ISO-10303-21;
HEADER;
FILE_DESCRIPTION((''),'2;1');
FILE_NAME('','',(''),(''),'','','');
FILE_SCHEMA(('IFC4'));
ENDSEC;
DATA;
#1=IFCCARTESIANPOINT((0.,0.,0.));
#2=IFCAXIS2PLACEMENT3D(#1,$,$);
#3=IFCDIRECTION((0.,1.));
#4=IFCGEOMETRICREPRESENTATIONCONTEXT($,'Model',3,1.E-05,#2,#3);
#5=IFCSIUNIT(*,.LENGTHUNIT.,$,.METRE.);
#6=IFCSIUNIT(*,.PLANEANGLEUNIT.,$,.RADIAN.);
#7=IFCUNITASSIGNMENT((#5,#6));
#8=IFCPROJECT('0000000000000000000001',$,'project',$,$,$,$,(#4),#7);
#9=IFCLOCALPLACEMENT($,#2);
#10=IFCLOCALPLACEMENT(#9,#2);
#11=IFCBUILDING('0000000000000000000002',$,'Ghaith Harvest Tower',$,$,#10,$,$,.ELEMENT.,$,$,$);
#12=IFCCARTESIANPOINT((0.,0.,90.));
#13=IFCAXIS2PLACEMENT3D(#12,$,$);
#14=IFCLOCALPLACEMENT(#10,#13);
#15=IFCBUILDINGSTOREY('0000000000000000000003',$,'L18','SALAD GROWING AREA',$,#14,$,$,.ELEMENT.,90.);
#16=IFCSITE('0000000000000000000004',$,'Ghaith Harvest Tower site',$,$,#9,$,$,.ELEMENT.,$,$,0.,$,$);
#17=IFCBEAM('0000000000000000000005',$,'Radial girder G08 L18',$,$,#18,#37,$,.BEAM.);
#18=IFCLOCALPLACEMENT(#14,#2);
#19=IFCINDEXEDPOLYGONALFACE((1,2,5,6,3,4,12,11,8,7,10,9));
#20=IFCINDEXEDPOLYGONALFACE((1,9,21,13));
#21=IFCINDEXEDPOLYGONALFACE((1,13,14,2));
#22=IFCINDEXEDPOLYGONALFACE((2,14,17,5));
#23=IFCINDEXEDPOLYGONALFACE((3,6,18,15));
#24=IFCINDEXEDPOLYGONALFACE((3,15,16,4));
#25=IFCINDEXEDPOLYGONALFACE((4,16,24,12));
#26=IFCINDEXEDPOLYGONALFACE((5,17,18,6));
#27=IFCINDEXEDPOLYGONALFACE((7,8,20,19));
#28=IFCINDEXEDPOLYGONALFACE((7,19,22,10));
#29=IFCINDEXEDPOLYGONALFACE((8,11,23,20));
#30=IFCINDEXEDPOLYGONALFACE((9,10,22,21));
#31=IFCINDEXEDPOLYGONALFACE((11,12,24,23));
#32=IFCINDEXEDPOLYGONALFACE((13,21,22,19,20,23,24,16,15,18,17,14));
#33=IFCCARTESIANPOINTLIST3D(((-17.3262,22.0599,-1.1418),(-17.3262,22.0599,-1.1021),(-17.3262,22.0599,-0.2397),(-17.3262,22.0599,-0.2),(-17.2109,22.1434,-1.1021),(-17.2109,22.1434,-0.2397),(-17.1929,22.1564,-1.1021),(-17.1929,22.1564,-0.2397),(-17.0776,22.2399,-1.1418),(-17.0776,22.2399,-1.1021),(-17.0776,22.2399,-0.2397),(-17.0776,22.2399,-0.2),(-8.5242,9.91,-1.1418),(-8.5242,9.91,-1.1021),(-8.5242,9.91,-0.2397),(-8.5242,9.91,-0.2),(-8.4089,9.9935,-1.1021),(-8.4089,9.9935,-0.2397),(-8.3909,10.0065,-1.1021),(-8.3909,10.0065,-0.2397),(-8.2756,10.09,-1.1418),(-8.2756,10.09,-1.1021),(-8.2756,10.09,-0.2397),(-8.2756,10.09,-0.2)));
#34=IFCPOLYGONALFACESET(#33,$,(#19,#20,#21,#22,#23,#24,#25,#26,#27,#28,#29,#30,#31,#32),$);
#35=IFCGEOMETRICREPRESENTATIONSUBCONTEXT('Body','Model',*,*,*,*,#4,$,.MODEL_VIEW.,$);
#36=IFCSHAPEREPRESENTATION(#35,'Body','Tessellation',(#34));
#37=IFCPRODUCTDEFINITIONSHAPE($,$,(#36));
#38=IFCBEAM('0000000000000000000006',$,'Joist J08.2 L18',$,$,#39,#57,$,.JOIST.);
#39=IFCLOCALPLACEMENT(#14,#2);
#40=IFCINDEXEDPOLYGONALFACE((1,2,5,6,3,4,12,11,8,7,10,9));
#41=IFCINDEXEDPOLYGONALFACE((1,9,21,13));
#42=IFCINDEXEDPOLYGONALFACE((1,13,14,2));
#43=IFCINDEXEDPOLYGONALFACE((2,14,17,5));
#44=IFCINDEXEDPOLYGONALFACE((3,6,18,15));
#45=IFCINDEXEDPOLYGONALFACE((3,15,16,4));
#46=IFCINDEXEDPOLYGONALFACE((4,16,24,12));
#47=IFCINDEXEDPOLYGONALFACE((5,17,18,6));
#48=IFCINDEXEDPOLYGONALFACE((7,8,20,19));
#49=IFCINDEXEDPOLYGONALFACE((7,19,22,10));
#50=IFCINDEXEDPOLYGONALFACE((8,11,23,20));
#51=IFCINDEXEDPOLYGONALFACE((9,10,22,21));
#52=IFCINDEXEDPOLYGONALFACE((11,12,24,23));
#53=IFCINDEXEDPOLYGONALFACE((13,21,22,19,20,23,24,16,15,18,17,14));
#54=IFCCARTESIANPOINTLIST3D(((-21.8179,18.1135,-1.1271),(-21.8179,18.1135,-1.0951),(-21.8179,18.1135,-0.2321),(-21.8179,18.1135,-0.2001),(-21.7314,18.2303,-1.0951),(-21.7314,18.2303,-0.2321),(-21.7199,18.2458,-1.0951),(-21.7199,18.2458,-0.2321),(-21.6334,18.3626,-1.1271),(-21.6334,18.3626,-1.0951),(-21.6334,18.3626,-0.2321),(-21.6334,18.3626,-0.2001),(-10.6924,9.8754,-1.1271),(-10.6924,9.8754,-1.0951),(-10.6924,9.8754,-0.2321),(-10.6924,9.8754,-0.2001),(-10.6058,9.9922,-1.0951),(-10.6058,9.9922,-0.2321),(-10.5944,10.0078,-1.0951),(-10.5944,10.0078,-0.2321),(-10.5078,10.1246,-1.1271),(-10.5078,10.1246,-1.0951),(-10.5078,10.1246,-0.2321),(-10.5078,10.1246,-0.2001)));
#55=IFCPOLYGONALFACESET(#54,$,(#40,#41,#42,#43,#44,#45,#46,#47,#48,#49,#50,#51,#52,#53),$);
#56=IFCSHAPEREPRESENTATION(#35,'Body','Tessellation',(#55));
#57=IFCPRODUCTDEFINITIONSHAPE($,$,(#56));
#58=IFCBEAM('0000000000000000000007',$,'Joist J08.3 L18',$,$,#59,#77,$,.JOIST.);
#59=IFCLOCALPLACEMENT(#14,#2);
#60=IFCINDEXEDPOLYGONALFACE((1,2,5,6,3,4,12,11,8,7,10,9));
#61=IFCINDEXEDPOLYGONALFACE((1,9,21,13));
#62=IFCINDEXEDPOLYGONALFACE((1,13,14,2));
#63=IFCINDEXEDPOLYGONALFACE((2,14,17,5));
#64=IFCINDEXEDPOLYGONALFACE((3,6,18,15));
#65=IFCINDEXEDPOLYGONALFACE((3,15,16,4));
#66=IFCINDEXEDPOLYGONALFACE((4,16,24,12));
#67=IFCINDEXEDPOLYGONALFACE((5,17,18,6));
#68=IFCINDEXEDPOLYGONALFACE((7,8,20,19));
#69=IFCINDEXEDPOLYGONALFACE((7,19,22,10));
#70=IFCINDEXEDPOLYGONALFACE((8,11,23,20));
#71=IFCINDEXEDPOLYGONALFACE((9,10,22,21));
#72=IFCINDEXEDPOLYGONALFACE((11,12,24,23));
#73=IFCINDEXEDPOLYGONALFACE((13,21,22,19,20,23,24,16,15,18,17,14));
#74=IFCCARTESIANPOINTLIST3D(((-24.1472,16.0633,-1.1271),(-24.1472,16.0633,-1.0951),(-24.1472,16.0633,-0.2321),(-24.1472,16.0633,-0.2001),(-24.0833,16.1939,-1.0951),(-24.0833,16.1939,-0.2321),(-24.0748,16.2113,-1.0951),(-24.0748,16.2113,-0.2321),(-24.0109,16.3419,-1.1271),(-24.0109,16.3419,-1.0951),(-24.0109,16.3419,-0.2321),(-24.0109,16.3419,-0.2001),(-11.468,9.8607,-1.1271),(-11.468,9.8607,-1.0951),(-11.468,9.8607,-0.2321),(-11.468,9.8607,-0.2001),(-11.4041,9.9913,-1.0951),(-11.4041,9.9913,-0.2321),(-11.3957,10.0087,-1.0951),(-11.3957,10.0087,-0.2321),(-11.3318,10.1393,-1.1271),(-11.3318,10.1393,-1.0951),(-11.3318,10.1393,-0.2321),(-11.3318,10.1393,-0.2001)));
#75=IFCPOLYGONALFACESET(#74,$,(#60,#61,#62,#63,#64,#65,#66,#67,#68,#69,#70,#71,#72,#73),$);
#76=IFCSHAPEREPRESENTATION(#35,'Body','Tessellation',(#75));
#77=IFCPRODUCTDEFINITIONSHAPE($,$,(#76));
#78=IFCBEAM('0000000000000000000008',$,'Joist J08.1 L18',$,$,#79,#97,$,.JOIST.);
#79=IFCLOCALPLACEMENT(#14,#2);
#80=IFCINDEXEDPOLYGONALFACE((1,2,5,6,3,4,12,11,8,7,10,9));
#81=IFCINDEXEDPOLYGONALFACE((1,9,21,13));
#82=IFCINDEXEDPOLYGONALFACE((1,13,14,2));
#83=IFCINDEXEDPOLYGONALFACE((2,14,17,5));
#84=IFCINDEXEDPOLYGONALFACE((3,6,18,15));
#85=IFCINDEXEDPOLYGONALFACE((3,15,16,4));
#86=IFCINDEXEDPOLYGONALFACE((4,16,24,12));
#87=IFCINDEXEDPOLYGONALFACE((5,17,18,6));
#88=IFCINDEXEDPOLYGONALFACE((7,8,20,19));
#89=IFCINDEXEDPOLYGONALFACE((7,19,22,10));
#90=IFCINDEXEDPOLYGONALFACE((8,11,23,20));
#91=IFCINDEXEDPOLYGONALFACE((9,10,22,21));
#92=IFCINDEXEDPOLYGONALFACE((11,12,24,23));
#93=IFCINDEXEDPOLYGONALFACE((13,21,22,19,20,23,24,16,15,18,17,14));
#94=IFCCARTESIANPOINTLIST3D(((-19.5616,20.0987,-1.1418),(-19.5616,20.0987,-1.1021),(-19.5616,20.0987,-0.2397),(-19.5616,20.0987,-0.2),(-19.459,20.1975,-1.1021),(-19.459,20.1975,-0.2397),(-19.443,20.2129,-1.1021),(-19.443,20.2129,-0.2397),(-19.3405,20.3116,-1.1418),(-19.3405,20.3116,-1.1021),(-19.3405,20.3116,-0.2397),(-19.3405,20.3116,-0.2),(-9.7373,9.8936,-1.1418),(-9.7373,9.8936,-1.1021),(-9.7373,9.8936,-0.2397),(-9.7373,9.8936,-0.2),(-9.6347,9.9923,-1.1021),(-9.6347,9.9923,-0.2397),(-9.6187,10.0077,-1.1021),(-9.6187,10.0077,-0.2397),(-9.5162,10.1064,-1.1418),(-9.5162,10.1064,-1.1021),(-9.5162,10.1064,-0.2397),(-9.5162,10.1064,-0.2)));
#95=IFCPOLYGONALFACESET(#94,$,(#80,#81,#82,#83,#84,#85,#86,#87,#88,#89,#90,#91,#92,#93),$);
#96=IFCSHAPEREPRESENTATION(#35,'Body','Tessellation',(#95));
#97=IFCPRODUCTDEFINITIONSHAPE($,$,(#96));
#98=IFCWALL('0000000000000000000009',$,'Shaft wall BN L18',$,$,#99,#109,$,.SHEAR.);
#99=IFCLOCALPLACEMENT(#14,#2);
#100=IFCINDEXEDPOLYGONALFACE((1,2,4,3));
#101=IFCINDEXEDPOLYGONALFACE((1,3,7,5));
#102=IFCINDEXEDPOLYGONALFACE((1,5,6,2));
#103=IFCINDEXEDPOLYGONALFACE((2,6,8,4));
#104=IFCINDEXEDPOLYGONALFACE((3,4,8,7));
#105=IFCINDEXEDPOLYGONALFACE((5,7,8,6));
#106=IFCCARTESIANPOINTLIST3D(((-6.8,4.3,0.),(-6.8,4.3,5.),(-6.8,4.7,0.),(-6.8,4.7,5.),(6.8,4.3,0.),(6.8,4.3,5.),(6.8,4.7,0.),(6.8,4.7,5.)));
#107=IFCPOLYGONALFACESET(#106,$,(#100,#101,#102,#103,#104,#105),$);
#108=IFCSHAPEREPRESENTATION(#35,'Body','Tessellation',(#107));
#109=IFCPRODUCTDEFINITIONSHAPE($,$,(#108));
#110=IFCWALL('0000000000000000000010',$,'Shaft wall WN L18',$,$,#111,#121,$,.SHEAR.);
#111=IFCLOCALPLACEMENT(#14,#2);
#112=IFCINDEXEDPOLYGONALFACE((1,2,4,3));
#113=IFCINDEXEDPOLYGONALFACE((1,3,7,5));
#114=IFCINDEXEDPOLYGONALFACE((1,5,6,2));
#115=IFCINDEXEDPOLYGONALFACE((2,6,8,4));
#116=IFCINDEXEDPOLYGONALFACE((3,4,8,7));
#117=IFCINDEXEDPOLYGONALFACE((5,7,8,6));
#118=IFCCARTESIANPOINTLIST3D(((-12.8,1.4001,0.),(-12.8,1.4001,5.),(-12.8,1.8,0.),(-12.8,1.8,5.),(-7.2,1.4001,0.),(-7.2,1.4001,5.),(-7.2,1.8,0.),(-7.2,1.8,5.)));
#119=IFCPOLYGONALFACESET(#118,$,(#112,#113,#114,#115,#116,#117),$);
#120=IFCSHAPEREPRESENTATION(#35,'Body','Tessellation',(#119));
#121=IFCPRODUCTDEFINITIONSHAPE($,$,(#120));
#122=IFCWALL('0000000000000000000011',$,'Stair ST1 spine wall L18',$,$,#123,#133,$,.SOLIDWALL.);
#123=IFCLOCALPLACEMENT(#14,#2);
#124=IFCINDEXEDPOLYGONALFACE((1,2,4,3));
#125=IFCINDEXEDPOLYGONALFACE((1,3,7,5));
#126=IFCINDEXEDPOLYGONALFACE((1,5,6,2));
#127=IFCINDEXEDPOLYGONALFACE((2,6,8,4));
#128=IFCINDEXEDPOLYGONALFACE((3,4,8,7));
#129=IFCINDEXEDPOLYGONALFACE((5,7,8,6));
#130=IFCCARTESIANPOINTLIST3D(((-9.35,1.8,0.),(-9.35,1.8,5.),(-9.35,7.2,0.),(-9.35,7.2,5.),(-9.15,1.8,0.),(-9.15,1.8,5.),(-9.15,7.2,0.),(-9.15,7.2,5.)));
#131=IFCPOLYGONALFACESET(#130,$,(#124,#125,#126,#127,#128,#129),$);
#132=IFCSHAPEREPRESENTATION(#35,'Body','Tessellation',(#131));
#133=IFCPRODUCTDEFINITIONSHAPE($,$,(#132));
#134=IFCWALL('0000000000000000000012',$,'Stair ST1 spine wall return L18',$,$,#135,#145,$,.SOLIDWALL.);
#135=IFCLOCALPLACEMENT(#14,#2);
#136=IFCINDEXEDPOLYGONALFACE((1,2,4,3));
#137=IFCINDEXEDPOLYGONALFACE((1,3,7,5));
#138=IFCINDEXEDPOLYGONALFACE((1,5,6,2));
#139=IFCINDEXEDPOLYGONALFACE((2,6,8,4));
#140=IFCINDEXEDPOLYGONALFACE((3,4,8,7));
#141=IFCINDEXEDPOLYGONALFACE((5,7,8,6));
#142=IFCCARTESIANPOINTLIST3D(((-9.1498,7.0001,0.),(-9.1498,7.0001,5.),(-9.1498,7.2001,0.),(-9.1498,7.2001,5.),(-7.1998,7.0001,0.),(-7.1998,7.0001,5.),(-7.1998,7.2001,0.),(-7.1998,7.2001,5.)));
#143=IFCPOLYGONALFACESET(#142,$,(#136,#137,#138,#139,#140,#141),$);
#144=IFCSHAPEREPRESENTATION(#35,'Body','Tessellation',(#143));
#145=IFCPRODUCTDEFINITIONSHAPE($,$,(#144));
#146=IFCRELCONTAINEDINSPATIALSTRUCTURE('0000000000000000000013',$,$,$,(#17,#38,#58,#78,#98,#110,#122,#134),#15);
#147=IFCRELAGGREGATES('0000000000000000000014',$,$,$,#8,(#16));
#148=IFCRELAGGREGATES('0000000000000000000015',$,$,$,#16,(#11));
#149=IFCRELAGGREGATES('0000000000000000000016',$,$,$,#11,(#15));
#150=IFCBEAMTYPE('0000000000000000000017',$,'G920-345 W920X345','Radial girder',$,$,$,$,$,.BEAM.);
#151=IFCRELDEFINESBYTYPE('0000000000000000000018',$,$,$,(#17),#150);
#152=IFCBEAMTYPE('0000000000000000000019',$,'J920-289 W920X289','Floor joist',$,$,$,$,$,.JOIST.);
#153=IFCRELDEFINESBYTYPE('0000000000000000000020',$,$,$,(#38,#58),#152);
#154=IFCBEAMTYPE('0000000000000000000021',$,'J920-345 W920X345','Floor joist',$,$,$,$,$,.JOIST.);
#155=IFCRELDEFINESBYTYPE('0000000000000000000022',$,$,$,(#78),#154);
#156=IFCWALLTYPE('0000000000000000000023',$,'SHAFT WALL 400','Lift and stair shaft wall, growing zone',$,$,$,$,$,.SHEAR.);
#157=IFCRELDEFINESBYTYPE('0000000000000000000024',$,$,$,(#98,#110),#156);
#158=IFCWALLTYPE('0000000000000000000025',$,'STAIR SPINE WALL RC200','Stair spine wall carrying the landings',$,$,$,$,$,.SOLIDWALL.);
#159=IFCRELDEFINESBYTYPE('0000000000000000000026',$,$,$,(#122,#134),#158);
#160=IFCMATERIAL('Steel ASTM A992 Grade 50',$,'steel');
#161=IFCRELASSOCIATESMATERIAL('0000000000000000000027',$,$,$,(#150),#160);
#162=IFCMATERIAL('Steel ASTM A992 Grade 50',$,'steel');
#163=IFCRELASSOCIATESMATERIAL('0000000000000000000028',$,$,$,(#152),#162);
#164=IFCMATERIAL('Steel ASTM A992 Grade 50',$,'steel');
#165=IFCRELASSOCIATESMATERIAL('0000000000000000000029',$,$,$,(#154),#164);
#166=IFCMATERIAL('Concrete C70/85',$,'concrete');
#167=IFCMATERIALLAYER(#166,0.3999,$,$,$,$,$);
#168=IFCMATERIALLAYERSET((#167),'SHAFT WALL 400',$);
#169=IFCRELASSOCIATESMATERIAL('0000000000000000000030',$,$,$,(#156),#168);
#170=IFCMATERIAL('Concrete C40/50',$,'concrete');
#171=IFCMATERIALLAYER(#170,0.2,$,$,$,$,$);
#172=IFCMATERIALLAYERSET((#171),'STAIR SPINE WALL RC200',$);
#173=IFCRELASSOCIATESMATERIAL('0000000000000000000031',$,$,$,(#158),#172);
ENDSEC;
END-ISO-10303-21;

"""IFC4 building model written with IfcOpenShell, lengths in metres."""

from ifc_helpers import new_model, si_unit, direction, frame, frame_2d, origin, origin_2d, place, context, subcontext, project, spatial, rectangle, i_section, extrude, material, layer, layer_set, material_profile, profile_set, type_object, element, save


model = new_model("IFC4")

# Units and contexts
model_context = context("Model", 3, precision=1e-05, world=origin(), true_north=direction((0.0, 1.0)))
body_context = subcontext(model_context, "Body", "Model", "MODEL_VIEW")
ifc_project = project(units=[si_unit("LENGTHUNIT", "METRE"), si_unit("PLANEANGLEUNIT", "RADIAN")], contexts=[model_context])

# Site, building, storey
site_placement = place(None, origin())
site = spatial("IfcSite", under=ifc_project, at=site_placement, Name="Ghaith Harvest Tower site", CompositionType="ELEMENT", RefElevation=0.0)
building_placement = place(site_placement, origin())
building = spatial("IfcBuilding", under=site, at=building_placement, Name="Ghaith Harvest Tower", CompositionType="ELEMENT")
storey_placement = place(building_placement, frame((0.0, 0.0, 90.0)))
storey = spatial("IfcBuildingStorey", under=building, at=storey_placement, Name="L18", Description="SALAD GROWING AREA", CompositionType="ELEMENT", Elevation=90.0)

# Beams
ifc_material_1 = material(Name="Steel ASTM A992 Grade 50", Category="steel")
ifc_material_profile_1 = material_profile(ifc_material_1, i_section(OverallWidth=0.3069, OverallDepth=0.9419, WebThickness=0.0222, FlangeThickness=0.0398, at=origin_2d()), Name="W920X345")
ifc_profile_set_1 = profile_set([ifc_material_profile_1], Name="Steel ASTM A992 Grade 50")
beam_type_1 = type_object("IfcBeamType", Name="G920-345 W920X345", Description="Radial girder", PredefinedType="BEAM", material=ifc_profile_set_1)
beam_1_placement = place(storey_placement, frame((-8.3999, 10.0, -0.6709), z_axis=(-0.586676, 0.809822, 0.0), x_axis=(-0.809822, -0.586676, 0.0)))
element("IfcBeam", 1, at=beam_1_placement, inside=storey, type_object=beam_type_1, Name="Radial girder G08 L18", PredefinedType="BEAM", context=body_context, shape_type="SweptSolid", body=[
    extrude(i_section(OverallWidth=0.3069, OverallDepth=0.9419, WebThickness=0.0222, FlangeThickness=0.0398, at=origin_2d()), origin(), (0.0, 0.0, 1.0), 15.0032),
])
ifc_material_2 = material(Name="Steel ASTM A992 Grade 50", Category="steel")
ifc_material_profile_2 = material_profile(ifc_material_2, i_section(OverallWidth=0.3101, OverallDepth=0.927, WebThickness=0.0193, FlangeThickness=0.032, at=origin_2d()), Name="W920X289")
ifc_profile_set_2 = profile_set([ifc_material_profile_2], Name="Steel ASTM A992 Grade 50")
beam_type_2 = type_object("IfcBeamType", Name="J920-289 W920X289", Description="Floor joist", PredefinedType="JOIST", material=ifc_profile_set_2)
beam_2_placement = place(storey_placement, frame((-10.6001, 10.0, -0.6636), z_axis=(-0.803663, 0.595085, 0.0), x_axis=(-0.595085, -0.803663, 0.0)))
element("IfcBeam", 2, at=beam_2_placement, inside=storey, type_object=beam_type_2, Name="Joist J08.2 L18", PredefinedType="JOIST", context=body_context, shape_type="SweptSolid", body=[
    extrude(i_section(OverallWidth=0.3101, OverallDepth=0.927, WebThickness=0.0193, FlangeThickness=0.032, at=origin_2d()), origin(), (0.0, 0.0, 1.0), 13.8435),
])
beam_3_placement = place(storey_placement, frame((-11.3999, 10.0, -0.6636), z_axis=(-0.898275, 0.439434, 0.0), x_axis=(-0.439434, -0.898275, 0.0)))
element("IfcBeam", 3, at=beam_3_placement, inside=storey, type_object=beam_type_2, Name="Joist J08.3 L18", PredefinedType="JOIST", context=body_context, shape_type="SweptSolid", body=[
    extrude(i_section(OverallWidth=0.3101, OverallDepth=0.927, WebThickness=0.0193, FlangeThickness=0.032, at=origin_2d()), origin(), (0.0, 0.0, 1.0), 14.115),
])
ifc_material_3 = material(Name="Steel ASTM A992 Grade 50", Category="steel")
ifc_material_profile_3 = material_profile(ifc_material_3, i_section(OverallWidth=0.3069, OverallDepth=0.9419, WebThickness=0.0222, FlangeThickness=0.0398, at=origin_2d()), Name="W920X345")
ifc_profile_set_3 = profile_set([ifc_material_profile_3], Name="Steel ASTM A992 Grade 50")
beam_type_3 = type_object("IfcBeamType", Name="J920-345 W920X345", Description="Floor joist", PredefinedType="JOIST", material=ifc_profile_set_3)
beam_4_placement = place(storey_placement, frame((-9.6267, 10.0, -0.6709), z_axis=(-0.693536, 0.720422, 0.0), x_axis=(-0.720422, -0.693536, 0.0)))
element("IfcBeam", 4, at=beam_4_placement, inside=storey, type_object=beam_type_3, Name="Joist J08.1 L18", PredefinedType="JOIST", context=body_context, shape_type="SweptSolid", body=[
    extrude(i_section(OverallWidth=0.3069, OverallDepth=0.9419, WebThickness=0.0222, FlangeThickness=0.0398, at=origin_2d()), origin(), (0.0, 0.0, 1.0), 14.1655),
])

# Shared definitions
ifc_material_4 = material(Name="Concrete C70/85", Category="concrete")
ifc_layer_1 = layer(ifc_material_4, 0.3999)
ifc_layer_set_1 = layer_set([ifc_layer_1], Name="SHAFT WALL 400")
wall_type_1 = type_object("IfcWallType", Name="SHAFT WALL 400", Description="Lift and stair shaft wall, growing zone", PredefinedType="SHEAR", material=ifc_layer_set_1)

# Walls
wall_1_placement = place(storey_placement, frame((-6.8, 4.5, 0.0), z_axis=(0.0, 0.0, 1.0), x_axis=(1.0, 0.0, 0.0)))
element("IfcWall", 5, at=wall_1_placement, inside=storey, type_object=wall_type_1, Name="Shaft wall BN L18", PredefinedType="SHEAR", context=body_context, shape_type="SweptSolid", body=[
    extrude(rectangle(XDim=13.6001, YDim=0.3999, at=frame_2d((6.8, 0.0))), origin(), (0.0, 0.0, 1.0), 5.0),
])
wall_2_placement = place(storey_placement, frame((-12.8, 1.6001, 0.0), z_axis=(0.0, 0.0, 1.0), x_axis=(1.0, 0.0, 0.0)))
element("IfcWall", 6, at=wall_2_placement, inside=storey, type_object=wall_type_1, Name="Shaft wall WN L18", PredefinedType="SHEAR", context=body_context, shape_type="SweptSolid", body=[
    extrude(rectangle(XDim=5.6001, YDim=0.3999, at=frame_2d((2.8, 0.0))), origin(), (0.0, 0.0, 1.0), 5.0),
])
ifc_material_5 = material(Name="Concrete C40/50", Category="concrete")
ifc_layer_2 = layer(ifc_material_5, 0.2)
ifc_layer_set_2 = layer_set([ifc_layer_2], Name="STAIR SPINE WALL RC200")
wall_type_2 = type_object("IfcWallType", Name="STAIR SPINE WALL RC200", Description="Stair spine wall carrying the landings", PredefinedType="SOLIDWALL", material=ifc_layer_set_2)
wall_3_placement = place(storey_placement, frame((-9.25, 7.2, 0.0), z_axis=(0.0, 0.0, 1.0), x_axis=(0.0, -1.0, 0.0)))
element("IfcWall", 7, at=wall_3_placement, inside=storey, type_object=wall_type_2, Name="Stair ST1 spine wall L18", PredefinedType="SOLIDWALL", context=body_context, shape_type="SweptSolid", body=[
    extrude(rectangle(XDim=5.3999, YDim=0.2, at=frame_2d((2.7, 0.0))), origin(), (0.0, 0.0, 1.0), 5.0),
])
wall_4_placement = place(storey_placement, frame((-9.1499, 7.1001, 0.0), z_axis=(0.0, 0.0, 1.0), x_axis=(1.0, 0.0, 0.0)))
element("IfcWall", 8, at=wall_4_placement, inside=storey, type_object=wall_type_2, Name="Stair ST1 spine wall return L18", PredefinedType="SOLIDWALL", context=body_context, shape_type="SweptSolid", body=[
    extrude(rectangle(XDim=1.95, YDim=0.2, at=frame_2d((0.9751, 0.0))), origin(), (0.0, 0.0, 1.0), 5.0),
])

save(model, "model.ifc")
